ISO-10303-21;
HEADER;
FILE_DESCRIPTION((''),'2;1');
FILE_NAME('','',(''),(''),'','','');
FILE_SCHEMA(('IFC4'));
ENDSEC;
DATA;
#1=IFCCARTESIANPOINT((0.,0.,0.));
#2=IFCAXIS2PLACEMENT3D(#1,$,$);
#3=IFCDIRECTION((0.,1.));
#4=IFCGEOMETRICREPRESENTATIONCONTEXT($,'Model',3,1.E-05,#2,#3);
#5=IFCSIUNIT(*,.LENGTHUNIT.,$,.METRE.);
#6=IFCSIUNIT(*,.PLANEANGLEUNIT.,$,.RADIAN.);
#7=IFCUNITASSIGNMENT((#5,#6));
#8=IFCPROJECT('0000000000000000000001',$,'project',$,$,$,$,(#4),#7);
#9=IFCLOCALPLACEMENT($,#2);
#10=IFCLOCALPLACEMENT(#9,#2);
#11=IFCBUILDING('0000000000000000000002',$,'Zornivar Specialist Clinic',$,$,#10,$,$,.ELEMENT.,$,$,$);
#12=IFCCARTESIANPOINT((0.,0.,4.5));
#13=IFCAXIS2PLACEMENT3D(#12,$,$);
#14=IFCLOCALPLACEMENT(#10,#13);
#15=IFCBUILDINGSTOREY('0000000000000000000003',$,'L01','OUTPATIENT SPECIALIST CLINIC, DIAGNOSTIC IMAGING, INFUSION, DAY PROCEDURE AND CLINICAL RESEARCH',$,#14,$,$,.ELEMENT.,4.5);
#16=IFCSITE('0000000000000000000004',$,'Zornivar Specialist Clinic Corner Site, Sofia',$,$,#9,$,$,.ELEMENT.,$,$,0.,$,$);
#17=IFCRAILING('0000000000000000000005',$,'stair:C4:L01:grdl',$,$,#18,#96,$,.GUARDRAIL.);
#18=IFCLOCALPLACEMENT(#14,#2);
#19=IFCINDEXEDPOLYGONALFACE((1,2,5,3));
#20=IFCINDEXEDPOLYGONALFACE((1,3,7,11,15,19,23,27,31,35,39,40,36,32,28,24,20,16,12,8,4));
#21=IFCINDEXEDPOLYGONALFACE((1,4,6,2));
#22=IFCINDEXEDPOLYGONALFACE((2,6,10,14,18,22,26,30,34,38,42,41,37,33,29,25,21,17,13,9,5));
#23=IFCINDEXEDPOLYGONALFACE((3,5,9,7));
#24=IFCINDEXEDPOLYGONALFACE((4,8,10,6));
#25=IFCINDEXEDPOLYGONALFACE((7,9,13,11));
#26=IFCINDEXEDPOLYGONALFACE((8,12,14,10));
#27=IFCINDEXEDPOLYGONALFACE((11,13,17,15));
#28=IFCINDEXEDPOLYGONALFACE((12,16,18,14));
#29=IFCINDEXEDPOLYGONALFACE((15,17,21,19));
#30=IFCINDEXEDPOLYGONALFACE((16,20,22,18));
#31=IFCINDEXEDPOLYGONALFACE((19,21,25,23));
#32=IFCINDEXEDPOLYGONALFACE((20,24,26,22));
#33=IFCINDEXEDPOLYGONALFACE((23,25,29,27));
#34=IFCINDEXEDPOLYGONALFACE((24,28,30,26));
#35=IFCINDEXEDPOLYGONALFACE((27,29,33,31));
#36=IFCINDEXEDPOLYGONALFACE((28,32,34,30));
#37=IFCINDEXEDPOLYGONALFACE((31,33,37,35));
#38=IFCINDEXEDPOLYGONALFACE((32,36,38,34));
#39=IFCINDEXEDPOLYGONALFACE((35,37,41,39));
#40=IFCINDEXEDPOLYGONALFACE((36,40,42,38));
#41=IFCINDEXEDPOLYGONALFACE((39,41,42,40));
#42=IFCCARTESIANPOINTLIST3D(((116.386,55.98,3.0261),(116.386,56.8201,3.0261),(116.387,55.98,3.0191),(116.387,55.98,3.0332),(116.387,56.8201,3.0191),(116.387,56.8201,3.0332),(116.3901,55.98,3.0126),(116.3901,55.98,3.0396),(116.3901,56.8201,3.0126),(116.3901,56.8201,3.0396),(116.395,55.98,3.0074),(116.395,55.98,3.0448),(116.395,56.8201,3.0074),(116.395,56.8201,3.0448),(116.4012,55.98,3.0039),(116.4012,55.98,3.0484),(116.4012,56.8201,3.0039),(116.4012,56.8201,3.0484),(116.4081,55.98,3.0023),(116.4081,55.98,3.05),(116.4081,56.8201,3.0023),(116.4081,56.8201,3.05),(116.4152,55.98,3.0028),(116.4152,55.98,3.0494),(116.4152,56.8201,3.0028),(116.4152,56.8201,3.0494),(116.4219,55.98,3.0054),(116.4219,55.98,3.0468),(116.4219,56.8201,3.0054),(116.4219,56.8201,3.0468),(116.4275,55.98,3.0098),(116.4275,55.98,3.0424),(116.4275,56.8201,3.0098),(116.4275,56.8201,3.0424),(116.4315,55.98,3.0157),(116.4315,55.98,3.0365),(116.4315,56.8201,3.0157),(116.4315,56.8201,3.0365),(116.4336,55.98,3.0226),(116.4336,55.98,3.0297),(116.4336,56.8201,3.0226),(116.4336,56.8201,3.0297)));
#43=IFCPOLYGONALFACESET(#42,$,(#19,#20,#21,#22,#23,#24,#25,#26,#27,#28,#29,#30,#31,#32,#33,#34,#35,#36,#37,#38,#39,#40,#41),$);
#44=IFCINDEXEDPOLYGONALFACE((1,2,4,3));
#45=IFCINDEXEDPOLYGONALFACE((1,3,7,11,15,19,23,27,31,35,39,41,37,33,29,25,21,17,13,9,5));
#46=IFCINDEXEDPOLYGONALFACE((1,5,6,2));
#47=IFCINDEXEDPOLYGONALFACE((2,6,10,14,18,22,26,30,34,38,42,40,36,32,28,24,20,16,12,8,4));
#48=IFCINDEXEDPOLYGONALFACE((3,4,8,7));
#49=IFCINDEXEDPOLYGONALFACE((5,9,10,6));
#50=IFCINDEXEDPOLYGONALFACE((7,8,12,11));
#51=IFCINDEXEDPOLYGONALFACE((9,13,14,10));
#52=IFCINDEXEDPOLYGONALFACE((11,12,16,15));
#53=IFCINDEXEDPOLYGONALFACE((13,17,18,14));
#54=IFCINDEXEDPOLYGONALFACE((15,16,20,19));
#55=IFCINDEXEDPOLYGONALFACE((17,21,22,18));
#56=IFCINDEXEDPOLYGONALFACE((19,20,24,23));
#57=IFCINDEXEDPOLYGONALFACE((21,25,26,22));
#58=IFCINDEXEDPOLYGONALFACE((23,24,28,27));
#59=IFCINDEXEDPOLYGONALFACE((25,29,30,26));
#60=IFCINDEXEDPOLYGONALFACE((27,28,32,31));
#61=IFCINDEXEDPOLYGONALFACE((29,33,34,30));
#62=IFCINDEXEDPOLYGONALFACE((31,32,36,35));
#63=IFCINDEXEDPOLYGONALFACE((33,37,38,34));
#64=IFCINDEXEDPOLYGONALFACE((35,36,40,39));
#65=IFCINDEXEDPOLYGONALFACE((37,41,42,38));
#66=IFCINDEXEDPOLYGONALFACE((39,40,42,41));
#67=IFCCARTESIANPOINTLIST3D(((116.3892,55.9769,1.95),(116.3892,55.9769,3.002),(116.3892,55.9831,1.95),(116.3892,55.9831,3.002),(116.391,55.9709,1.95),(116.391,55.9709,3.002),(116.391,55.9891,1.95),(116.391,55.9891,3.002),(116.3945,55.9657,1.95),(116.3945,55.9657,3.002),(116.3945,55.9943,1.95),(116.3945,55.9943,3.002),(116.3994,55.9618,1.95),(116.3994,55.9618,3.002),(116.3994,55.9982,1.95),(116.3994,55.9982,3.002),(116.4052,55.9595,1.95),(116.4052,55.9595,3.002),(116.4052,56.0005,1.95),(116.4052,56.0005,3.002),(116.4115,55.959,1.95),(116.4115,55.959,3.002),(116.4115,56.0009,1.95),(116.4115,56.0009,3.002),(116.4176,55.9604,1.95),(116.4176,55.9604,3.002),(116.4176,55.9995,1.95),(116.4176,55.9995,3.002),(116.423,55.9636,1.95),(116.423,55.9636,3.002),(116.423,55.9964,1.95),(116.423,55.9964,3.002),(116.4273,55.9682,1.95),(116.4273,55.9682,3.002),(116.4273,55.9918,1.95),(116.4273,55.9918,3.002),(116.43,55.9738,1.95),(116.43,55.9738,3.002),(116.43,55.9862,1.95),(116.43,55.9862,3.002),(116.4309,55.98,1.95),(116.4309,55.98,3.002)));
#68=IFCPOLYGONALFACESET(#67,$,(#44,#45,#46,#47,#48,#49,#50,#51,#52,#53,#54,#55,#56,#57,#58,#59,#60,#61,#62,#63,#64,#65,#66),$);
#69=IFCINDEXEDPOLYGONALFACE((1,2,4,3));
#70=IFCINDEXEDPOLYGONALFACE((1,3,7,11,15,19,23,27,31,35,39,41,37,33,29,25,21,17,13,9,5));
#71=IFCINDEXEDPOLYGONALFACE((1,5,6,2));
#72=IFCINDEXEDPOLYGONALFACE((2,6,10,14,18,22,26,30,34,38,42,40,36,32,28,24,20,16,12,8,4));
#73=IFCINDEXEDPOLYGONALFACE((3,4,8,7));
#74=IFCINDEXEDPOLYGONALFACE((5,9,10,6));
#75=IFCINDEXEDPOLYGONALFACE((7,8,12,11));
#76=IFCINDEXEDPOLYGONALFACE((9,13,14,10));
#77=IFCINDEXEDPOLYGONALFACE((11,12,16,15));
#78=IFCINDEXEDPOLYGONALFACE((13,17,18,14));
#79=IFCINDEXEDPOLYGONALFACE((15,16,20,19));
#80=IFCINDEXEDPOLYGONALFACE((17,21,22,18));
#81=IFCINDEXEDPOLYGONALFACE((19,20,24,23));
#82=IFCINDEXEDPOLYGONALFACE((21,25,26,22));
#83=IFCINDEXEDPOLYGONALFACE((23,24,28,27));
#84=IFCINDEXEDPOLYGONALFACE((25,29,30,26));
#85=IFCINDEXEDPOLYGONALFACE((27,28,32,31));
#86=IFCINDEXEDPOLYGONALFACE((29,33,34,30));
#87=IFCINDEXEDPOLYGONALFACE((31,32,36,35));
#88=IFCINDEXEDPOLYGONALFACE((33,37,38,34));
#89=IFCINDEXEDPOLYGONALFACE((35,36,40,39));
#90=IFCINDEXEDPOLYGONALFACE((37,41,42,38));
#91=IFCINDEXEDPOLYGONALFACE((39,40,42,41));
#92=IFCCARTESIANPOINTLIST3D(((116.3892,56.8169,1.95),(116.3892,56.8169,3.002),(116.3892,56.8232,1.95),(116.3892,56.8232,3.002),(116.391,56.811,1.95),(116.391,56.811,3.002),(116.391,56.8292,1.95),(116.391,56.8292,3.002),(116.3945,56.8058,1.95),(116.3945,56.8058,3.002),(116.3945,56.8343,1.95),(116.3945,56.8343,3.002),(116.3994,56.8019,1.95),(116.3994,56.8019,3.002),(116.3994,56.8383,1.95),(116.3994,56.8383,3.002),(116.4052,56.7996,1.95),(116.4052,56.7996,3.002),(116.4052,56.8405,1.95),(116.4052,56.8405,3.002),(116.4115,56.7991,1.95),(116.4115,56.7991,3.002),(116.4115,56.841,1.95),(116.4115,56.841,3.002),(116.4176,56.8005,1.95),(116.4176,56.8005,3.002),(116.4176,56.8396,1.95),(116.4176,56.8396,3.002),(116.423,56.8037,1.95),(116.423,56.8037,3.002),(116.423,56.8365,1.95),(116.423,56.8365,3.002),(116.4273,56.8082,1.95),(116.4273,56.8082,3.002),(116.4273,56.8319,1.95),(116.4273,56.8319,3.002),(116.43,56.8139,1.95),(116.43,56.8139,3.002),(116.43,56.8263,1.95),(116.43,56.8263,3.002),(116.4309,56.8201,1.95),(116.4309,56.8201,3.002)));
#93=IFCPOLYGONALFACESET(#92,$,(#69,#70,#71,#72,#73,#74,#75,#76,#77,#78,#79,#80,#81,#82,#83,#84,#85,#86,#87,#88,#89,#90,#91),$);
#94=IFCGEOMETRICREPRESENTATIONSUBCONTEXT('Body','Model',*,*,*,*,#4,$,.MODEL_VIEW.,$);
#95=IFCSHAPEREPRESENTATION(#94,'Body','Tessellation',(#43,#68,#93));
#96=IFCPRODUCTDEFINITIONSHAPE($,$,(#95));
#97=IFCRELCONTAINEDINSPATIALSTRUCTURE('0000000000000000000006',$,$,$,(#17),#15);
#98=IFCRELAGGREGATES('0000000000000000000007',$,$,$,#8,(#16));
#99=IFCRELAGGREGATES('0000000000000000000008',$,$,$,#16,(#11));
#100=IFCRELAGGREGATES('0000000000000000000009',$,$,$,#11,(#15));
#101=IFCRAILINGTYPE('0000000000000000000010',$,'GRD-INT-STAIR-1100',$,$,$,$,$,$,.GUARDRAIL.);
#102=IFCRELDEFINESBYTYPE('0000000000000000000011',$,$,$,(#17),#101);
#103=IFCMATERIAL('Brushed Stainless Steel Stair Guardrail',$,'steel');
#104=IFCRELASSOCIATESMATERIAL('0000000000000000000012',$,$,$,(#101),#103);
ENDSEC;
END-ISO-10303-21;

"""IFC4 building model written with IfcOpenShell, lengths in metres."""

from ifc_helpers import new_model, si_unit, direction, frame, origin, origin_2d, place, context, subcontext, project, spatial, circle, extrude, material, type_object, element, save


model = new_model("IFC4")

# Units and contexts
model_context = context("Model", 3, precision=1e-05, world=origin(), true_north=direction((0.0, 1.0)))
body_context = subcontext(model_context, "Body", "Model", "MODEL_VIEW")
ifc_project = project(units=[si_unit("LENGTHUNIT", "METRE"), si_unit("PLANEANGLEUNIT", "RADIAN")], contexts=[model_context])

# Site, building, storey
site_placement = place(None, origin())
site = spatial("IfcSite", under=ifc_project, at=site_placement, Name="Zornivar Specialist Clinic Corner Site, Sofia", CompositionType="ELEMENT", RefElevation=0.0)
building_placement = place(site_placement, origin())
building = spatial("IfcBuilding", under=site, at=building_placement, Name="Zornivar Specialist Clinic", CompositionType="ELEMENT")
storey_placement = place(building_placement, frame((0.0, 0.0, 4.5)))
storey = spatial("IfcBuildingStorey", under=building, at=storey_placement, Name="L01", Description="OUTPATIENT SPECIALIST CLINIC, DIAGNOSTIC IMAGING, INFUSION, DAY PROCEDURE AND CLINICAL RESEARCH", CompositionType="ELEMENT", Elevation=4.5)

# Railing
ifc_material_1 = material(Name="Brushed Stainless Steel Stair Guardrail", Category="steel")
railing_type_1 = type_object("IfcRailingType", Name="GRD-INT-STAIR-1100", PredefinedType="GUARDRAIL", material=ifc_material_1)
railing_1_placement = place(storey_placement, frame((116.4099, 55.98, 1.95)))
element("IfcRailing", 1, at=railing_1_placement, inside=storey, type_object=railing_type_1, Name="stair:C4:L01:grdl", PredefinedType="GUARDRAIL", context=body_context, shape_type="SweptSolid", body=[
    extrude(circle(Radius=0.0239, at=origin_2d()), frame((0.0, 0.0, 1.0762), z_axis=(0.0, 1.0, 0.0), x_axis=(-1.0, 0.0, 0.0)), (0.0, 0.0, 1.0), 0.8401),
    extrude(circle(Radius=0.021, at=origin_2d()), origin(), (0.0, 0.0, 1.0), 1.052),
    extrude(circle(Radius=0.021, at=origin_2d()), frame((0.0, 0.8401, 0.0)), (0.0, 0.0, 1.0), 1.052),
])

save(model, "model.ifc")
